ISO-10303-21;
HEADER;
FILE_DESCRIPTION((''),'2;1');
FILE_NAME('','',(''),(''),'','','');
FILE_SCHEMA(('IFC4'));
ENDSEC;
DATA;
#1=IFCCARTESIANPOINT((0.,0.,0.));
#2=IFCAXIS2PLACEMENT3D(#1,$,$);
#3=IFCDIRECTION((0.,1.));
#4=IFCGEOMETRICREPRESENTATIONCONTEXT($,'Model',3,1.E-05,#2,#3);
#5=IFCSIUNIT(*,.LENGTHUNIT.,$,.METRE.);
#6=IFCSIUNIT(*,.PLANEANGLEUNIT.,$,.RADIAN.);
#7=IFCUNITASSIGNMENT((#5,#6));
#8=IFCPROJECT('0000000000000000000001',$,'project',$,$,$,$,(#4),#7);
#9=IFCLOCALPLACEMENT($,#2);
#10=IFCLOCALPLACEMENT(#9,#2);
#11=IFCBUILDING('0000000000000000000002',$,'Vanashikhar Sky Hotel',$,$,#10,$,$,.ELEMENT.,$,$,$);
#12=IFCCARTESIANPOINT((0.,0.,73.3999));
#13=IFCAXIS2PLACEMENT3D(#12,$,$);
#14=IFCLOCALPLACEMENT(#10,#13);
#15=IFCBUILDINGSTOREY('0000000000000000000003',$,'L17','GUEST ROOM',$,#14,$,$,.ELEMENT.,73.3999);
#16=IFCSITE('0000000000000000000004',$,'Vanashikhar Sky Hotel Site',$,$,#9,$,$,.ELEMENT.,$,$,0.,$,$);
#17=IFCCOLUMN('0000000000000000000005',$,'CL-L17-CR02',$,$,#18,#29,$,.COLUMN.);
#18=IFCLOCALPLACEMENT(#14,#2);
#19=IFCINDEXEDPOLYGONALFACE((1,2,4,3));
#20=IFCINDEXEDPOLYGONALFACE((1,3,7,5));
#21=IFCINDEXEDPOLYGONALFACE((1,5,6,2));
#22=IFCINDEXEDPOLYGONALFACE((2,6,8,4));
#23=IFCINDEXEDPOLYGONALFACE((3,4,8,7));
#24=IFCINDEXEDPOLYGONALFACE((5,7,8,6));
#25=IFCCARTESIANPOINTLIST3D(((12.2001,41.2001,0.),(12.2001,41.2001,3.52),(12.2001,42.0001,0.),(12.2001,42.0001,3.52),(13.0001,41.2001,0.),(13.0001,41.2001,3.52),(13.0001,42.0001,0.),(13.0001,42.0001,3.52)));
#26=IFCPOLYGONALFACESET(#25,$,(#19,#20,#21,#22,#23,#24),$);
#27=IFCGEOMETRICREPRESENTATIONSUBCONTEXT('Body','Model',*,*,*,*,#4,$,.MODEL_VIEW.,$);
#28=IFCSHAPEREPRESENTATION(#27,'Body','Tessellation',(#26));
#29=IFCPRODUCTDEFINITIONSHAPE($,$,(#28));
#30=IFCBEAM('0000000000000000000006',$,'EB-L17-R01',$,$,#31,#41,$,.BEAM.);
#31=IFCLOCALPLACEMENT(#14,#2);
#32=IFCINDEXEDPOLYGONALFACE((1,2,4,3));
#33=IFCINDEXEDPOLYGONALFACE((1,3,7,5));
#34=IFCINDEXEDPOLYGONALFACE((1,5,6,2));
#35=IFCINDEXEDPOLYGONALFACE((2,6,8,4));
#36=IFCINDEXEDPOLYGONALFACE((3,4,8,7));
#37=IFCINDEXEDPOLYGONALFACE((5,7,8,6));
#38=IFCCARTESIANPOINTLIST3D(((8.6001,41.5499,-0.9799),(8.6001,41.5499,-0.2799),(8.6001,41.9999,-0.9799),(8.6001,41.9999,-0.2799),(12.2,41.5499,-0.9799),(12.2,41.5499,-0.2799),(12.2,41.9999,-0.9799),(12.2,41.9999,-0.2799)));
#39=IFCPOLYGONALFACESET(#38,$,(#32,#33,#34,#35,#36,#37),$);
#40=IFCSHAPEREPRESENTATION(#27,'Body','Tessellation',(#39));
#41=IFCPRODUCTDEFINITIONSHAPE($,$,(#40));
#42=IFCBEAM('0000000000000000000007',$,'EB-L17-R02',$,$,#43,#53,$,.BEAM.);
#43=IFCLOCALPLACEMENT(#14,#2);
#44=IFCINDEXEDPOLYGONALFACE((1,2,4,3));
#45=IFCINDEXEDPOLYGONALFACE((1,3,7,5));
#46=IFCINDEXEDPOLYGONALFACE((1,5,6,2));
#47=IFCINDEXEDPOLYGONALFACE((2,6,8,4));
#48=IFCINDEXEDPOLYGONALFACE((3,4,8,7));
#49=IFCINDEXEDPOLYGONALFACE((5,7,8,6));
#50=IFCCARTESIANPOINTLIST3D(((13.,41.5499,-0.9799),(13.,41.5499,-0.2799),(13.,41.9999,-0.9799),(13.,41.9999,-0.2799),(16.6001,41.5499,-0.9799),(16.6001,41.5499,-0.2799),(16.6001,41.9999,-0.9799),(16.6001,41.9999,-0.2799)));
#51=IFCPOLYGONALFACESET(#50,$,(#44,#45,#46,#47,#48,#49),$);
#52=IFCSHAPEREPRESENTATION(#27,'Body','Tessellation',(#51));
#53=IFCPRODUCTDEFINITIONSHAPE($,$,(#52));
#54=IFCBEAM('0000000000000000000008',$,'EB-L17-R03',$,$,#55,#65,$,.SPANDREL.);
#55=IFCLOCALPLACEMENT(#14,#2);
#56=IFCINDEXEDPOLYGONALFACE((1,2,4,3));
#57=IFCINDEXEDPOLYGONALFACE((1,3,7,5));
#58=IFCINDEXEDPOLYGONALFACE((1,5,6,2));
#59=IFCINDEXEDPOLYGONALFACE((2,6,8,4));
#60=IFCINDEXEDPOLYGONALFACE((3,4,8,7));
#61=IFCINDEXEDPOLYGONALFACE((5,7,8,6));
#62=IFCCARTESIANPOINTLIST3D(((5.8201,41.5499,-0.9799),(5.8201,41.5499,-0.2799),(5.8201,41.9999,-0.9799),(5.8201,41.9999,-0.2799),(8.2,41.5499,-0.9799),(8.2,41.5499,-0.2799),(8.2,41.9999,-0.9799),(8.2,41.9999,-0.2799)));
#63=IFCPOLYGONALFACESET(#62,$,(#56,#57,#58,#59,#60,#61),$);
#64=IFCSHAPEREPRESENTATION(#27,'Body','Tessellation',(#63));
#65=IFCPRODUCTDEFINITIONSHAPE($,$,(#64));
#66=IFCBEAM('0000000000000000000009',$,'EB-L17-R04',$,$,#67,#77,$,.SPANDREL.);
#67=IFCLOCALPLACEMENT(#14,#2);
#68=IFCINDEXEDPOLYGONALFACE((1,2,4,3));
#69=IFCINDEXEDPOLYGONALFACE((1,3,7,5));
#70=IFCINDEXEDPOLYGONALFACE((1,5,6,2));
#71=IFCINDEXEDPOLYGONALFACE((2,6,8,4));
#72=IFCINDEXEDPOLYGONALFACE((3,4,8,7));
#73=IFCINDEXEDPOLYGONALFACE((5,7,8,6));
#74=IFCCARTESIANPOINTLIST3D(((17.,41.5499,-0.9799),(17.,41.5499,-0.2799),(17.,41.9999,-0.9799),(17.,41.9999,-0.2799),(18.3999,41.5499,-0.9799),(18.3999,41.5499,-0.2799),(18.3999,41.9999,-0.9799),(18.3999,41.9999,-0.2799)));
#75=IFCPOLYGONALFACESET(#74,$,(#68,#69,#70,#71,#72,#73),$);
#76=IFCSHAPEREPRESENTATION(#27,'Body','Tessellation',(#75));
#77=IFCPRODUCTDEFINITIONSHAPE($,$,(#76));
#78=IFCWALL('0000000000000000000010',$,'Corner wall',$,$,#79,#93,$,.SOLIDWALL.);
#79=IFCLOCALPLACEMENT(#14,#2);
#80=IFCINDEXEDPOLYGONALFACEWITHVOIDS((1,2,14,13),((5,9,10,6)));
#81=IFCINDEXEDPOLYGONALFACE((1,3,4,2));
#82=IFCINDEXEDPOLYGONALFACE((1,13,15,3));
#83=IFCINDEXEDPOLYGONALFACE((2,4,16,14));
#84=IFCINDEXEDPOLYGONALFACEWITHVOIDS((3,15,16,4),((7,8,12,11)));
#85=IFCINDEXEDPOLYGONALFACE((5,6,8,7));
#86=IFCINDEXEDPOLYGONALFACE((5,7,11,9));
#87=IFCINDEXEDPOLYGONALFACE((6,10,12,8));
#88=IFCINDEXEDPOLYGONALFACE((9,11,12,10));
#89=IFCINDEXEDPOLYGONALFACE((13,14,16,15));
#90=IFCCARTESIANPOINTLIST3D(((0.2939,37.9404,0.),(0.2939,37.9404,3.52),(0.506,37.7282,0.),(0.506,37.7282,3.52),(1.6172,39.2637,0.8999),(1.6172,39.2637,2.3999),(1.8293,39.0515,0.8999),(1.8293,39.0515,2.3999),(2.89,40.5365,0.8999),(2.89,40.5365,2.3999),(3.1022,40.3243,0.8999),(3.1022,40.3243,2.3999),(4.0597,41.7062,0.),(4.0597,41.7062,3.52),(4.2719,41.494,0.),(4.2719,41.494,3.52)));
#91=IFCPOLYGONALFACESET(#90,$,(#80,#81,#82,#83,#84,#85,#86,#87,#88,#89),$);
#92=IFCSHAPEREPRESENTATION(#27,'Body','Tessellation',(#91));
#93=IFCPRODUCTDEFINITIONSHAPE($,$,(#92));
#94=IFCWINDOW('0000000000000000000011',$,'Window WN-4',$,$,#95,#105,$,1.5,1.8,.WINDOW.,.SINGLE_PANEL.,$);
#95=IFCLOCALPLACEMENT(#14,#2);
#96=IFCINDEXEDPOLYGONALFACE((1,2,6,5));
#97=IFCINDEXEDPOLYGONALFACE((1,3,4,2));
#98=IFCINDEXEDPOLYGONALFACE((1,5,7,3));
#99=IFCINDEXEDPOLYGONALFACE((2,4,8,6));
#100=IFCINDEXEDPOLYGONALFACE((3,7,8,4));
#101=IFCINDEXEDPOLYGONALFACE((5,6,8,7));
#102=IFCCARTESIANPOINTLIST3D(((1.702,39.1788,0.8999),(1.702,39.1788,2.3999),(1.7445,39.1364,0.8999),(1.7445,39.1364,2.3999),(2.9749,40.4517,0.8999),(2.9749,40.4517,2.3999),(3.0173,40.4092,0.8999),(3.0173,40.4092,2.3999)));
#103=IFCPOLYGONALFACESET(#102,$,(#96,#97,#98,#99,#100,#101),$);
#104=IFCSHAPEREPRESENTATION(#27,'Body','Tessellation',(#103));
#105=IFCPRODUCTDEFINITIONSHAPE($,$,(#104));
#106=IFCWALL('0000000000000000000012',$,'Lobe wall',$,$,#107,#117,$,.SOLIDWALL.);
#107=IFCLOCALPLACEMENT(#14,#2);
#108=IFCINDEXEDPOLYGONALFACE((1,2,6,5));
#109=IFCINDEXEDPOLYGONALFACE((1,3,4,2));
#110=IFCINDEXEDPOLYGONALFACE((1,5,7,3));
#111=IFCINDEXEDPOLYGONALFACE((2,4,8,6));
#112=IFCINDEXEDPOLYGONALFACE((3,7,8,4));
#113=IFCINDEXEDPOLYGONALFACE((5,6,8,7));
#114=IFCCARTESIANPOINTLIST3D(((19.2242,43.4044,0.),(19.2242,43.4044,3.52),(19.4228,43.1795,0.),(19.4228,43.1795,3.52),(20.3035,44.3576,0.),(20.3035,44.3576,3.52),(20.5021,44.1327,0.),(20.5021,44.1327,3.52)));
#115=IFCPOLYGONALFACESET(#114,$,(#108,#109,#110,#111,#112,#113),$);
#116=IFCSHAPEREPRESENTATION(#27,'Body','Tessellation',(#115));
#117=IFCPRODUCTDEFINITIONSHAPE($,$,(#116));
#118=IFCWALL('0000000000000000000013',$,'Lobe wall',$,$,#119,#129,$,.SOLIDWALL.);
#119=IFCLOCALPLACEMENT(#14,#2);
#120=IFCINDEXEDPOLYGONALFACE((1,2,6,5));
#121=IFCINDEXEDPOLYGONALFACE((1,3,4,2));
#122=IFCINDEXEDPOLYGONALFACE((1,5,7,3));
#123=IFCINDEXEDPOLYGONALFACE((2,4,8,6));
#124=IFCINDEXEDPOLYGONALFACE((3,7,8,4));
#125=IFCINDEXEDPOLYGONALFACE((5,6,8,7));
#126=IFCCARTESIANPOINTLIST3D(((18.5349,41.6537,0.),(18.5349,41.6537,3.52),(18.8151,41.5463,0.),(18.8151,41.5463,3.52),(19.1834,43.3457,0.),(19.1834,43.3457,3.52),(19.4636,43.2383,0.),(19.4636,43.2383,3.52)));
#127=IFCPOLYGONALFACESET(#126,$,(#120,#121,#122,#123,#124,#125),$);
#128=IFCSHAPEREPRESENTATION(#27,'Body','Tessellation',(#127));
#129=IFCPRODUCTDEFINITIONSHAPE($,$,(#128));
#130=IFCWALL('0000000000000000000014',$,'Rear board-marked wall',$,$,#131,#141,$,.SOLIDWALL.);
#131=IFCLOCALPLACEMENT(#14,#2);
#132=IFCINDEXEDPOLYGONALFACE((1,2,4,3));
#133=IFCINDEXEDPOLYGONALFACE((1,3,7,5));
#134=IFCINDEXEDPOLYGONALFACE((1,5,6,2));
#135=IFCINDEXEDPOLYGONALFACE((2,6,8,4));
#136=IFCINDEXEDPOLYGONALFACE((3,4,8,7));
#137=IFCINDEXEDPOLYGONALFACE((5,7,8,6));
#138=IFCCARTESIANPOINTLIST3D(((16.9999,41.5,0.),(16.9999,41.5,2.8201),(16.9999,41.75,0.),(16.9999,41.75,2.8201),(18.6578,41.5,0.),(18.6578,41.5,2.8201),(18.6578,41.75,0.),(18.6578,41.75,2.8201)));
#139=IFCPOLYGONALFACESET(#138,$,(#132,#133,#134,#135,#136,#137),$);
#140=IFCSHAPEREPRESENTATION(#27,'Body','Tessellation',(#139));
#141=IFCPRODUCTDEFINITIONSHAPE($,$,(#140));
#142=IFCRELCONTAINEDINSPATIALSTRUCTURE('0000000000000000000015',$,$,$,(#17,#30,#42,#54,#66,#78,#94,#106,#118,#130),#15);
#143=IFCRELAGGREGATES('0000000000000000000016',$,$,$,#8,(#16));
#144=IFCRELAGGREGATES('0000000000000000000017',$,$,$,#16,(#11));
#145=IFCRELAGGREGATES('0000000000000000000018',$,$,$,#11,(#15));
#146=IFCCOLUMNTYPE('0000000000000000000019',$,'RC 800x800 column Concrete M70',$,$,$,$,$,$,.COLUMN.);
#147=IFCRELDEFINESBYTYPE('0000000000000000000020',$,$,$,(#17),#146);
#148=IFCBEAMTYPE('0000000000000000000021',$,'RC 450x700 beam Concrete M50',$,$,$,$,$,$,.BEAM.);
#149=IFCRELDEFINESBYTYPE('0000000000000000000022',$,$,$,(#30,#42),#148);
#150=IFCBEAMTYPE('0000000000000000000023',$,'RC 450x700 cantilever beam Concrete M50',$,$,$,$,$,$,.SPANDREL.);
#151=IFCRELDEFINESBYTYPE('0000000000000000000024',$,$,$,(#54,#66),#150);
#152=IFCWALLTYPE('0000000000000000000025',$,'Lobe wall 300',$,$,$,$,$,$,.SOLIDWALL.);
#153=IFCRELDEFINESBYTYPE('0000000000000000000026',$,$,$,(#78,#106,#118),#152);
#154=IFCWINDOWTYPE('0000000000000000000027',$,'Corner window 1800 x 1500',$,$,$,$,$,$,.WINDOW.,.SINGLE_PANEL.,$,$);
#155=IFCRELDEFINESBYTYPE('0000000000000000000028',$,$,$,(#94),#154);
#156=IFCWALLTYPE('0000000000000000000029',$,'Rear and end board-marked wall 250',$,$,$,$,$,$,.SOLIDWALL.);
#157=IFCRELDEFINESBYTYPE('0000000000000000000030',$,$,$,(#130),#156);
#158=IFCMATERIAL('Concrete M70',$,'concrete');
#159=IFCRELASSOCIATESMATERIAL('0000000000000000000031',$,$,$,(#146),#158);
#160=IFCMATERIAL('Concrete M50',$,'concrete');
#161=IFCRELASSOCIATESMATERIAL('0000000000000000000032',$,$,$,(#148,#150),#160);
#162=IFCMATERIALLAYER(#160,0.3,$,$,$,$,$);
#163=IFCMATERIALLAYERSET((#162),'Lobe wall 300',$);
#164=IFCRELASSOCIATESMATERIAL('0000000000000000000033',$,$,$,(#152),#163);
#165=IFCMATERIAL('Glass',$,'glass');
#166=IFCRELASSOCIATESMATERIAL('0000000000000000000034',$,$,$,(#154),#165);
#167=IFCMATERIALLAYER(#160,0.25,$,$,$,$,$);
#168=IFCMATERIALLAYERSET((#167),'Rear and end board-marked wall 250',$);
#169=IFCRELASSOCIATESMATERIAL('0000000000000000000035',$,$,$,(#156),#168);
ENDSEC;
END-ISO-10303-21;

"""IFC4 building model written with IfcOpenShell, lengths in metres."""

from ifc_helpers import new_model, si_unit, direction, frame, frame_2d, origin, origin_2d, place, context, subcontext, project, spatial, rectangle, extrude, source, transform, mapped, material, layer, layer_set, material_profile, profile_set, type_object, element, fill, save


model = new_model("IFC4")

# Units and contexts
model_context = context("Model", 3, precision=1e-05, world=origin(), true_north=direction((0.0, 1.0)))
body_context = subcontext(model_context, "Body", "Model", "MODEL_VIEW")
ifc_project = project(units=[si_unit("LENGTHUNIT", "METRE"), si_unit("PLANEANGLEUNIT", "RADIAN")], contexts=[model_context])

# Site, building, storey
site_placement = place(None, origin())
site = spatial("IfcSite", under=ifc_project, at=site_placement, Name="Vanashikhar Sky Hotel Site", CompositionType="ELEMENT", RefElevation=0.0)
building_placement = place(site_placement, origin())
building = spatial("IfcBuilding", under=site, at=building_placement, Name="Vanashikhar Sky Hotel", CompositionType="ELEMENT")
storey_placement = place(building_placement, frame((0.0, 0.0, 73.3999)))
storey = spatial("IfcBuildingStorey", under=building, at=storey_placement, Name="L17", Description="GUEST ROOM", CompositionType="ELEMENT", Elevation=73.3999)

# Column
ifc_material_1 = material(Name="Concrete M70", Category="concrete")
ifc_material_profile_1 = material_profile(ifc_material_1, rectangle(XDim=0.8, YDim=0.8, at=origin_2d()))
ifc_profile_set_1 = profile_set([ifc_material_profile_1], Name="RC 800x800 column Concrete M70")
column_type = type_object("IfcColumnType", Name="RC 800x800 column Concrete M70", PredefinedType="COLUMN", material=ifc_profile_set_1)
shared_shape_1 = source(origin(), body_context, "Body", "SweptSolid", [
    extrude(rectangle(XDim=0.8, YDim=0.8, at=origin_2d()), origin(), (0.0, 0.0, 1.0), 3.52),
])
column_placement = place(storey_placement, frame((12.6001, 41.6001, 0.0), z_axis=(0.0, 0.0, 1.0), x_axis=(1.0, 0.0, 0.0)))
element("IfcColumn", 1, at=column_placement, inside=storey, type_object=column_type, Name="CL-L17-CR02", PredefinedType="COLUMN", context=body_context, shape_type="MappedRepresentation", body=[
    mapped(shared_shape_1, transform((0.0, 0.0, 0.0), scale=1.0)),
])

# Beams
ifc_material_2 = material(Name="Concrete M50", Category="concrete")
ifc_material_profile_2 = material_profile(ifc_material_2, rectangle(XDim=0.45, YDim=0.7, at=origin_2d()))
ifc_profile_set_2 = profile_set([ifc_material_profile_2], Name="RC 450x700 beam Concrete M50")
beam_type_1 = type_object("IfcBeamType", Name="RC 450x700 beam Concrete M50", PredefinedType="BEAM", material=ifc_profile_set_2)
shared_shape_2 = source(origin(), body_context, "Body", "SweptSolid", [
    extrude(rectangle(XDim=0.45, YDim=0.7, at=origin_2d()), origin(), (0.0, 0.0, 1.0), 3.5999),
])
beam_1_placement = place(storey_placement, frame((8.6001, 41.7749, -0.6299), z_axis=(1.0, 0.0, 0.0), x_axis=(0.0, 1.0, 0.0)))
element("IfcBeam", 2, at=beam_1_placement, inside=storey, type_object=beam_type_1, Name="EB-L17-R01", PredefinedType="BEAM", context=body_context, shape_type="MappedRepresentation", body=[
    mapped(shared_shape_2, transform((0.0, 0.0, 0.0), scale=1.0)),
])
shared_shape_3 = source(origin(), body_context, "Body", "SweptSolid", [
    extrude(rectangle(XDim=0.45, YDim=0.7, at=origin_2d()), origin(), (0.0, 0.0, 1.0), 3.6001),
])
beam_2_placement = place(storey_placement, frame((13.0, 41.7749, -0.6299), z_axis=(1.0, 0.0, 0.0), x_axis=(0.0, 1.0, 0.0)))
element("IfcBeam", 3, at=beam_2_placement, inside=storey, type_object=beam_type_1, Name="EB-L17-R02", PredefinedType="BEAM", context=body_context, shape_type="MappedRepresentation", body=[
    mapped(shared_shape_3, transform((0.0, 0.0, 0.0), scale=1.0)),
])
ifc_material_profile_3 = material_profile(ifc_material_2, rectangle(XDim=0.45, YDim=0.7, at=origin_2d()))
ifc_profile_set_3 = profile_set([ifc_material_profile_3], Name="RC 450x700 cantilever beam Concrete M50")
beam_type_2 = type_object("IfcBeamType", Name="RC 450x700 cantilever beam Concrete M50", PredefinedType="SPANDREL", material=ifc_profile_set_3)
shared_shape_4 = source(origin(), body_context, "Body", "SweptSolid", [
    extrude(rectangle(XDim=0.45, YDim=0.7, at=origin_2d()), origin(), (0.0, 0.0, 1.0), 2.3799),
])
beam_3_placement = place(storey_placement, frame((5.8201, 41.7749, -0.6299), z_axis=(1.0, 0.0, 0.0), x_axis=(0.0, 1.0, 0.0)))
element("IfcBeam", 4, at=beam_3_placement, inside=storey, type_object=beam_type_2, Name="EB-L17-R03", PredefinedType="SPANDREL", context=body_context, shape_type="MappedRepresentation", body=[
    mapped(shared_shape_4, transform((0.0, 0.0, 0.0), scale=1.0)),
])
shared_shape_5 = source(origin(), body_context, "Body", "SweptSolid", [
    extrude(rectangle(XDim=0.45, YDim=0.7, at=origin_2d()), origin(), (0.0, 0.0, 1.0), 1.3999),
])
beam_4_placement = place(storey_placement, frame((17.0, 41.7749, -0.6299), z_axis=(1.0, 0.0, 0.0), x_axis=(0.0, 1.0, 0.0)))
element("IfcBeam", 5, at=beam_4_placement, inside=storey, type_object=beam_type_2, Name="EB-L17-R04", PredefinedType="SPANDREL", context=body_context, shape_type="MappedRepresentation", body=[
    mapped(shared_shape_5, transform((0.0, 0.0, 0.0), scale=1.0)),
])

# Wall, opening, window
ifc_layer_1 = layer(ifc_material_2, 0.3)
ifc_layer_set_1 = layer_set([ifc_layer_1], Name="Lobe wall 300")
wall_type_1 = type_object("IfcWallType", Name="Lobe wall 300", PredefinedType="SOLIDWALL", material=ifc_layer_set_1)
shared_shape_6 = source(origin(), body_context, "Body", "SweptSolid", [
    extrude(rectangle(XDim=5.3257, YDim=0.3, at=frame_2d((2.6628, 0.0))), origin(), (0.0, 0.0, 1.0), 3.52),
])
wall_1_placement = place(storey_placement, frame((4.1658, 41.6001, 0.0), z_axis=(0.0, 0.0, 1.0), x_axis=(-0.707107, -0.707107, 0.0)))
wall_1 = element("IfcWall", 6, at=wall_1_placement, inside=storey, type_object=wall_type_1, Name="Corner wall", PredefinedType="SOLIDWALL", context=body_context, shape_type="MappedRepresentation", body=[
    mapped(shared_shape_6, transform((0.0, 0.0, 0.0), scale=1.0)),
])
shared_shape_7 = source(origin(), body_context, "Body", "SweptSolid", [
    extrude(rectangle(XDim=1.8, YDim=1.5, at=frame_2d((0.8999, 0.75))), frame((0.0, 0.1602, 0.0), z_axis=(0.0, -1.0, 0.0), x_axis=(1.0, 0.0, 0.0)), (0.0, 0.0, 1.0), 0.3201),
])
opening_1_placement = place(wall_1_placement, frame((1.6543, 0.0, 0.8999)))
opening_1 = element("IfcOpeningElement", 7, at=opening_1_placement, cuts=wall_1, PredefinedType="OPENING", context=body_context, shape_type="MappedRepresentation", body=[
    mapped(shared_shape_7, transform((0.0, 0.0, 0.0), scale=1.0)),
])
ifc_material_3 = material(Name="Glass", Category="glass")
window_type_1 = type_object("IfcWindowType", Name="Corner window 1800 x 1500", PartitioningType="SINGLE_PANEL", PredefinedType="WINDOW", material=ifc_material_3)
shared_shape_8 = source(origin(), body_context, "Body", "SweptSolid", [
    extrude(rectangle(XDim=1.8, YDim=1.5, at=frame_2d((0.8999, 0.75))), frame((0.0, 0.03, 0.0), z_axis=(0.0, -1.0, 0.0), x_axis=(1.0, 0.0, 0.0)), (0.0, 0.0, 1.0), 0.0601),
])
window_1_placement = place(opening_1_placement, origin())
window_1 = element("IfcWindow", 8, at=window_1_placement, inside=storey, type_object=window_type_1, Name="Window WN-4", OverallHeight=1.5, OverallWidth=1.8, PartitioningType="SINGLE_PANEL", PredefinedType="WINDOW", context=body_context, shape_type="MappedRepresentation", body=[
    mapped(shared_shape_8, transform((0.0, 0.0, 0.0), scale=1.0)),
])
fill(opening_1, window_1)

# Walls
shared_shape_9 = source(origin(), body_context, "Body", "SweptSolid", [
    extrude(rectangle(XDim=1.4399, YDim=0.3, at=frame_2d((0.72, 0.0))), origin(), (0.0, 0.0, 1.0), 3.52),
])
wall_2_placement = place(storey_placement, frame((20.4028, 44.2451, 0.0), z_axis=(0.0, 0.0, 1.0), x_axis=(-0.749576, -0.661919, 0.0)))
element("IfcWall", 9, at=wall_2_placement, inside=storey, type_object=wall_type_1, Name="Lobe wall", PredefinedType="SOLIDWALL", context=body_context, shape_type="MappedRepresentation", body=[
    mapped(shared_shape_9, transform((0.0, 0.0, 0.0), scale=1.0)),
])
shared_shape_10 = source(origin(), body_context, "Body", "SweptSolid", [
    extrude(rectangle(XDim=1.812, YDim=0.3, at=frame_2d((0.906, 0.0))), origin(), (0.0, 0.0, 1.0), 3.52),
])
wall_3_placement = place(storey_placement, frame((19.3235, 43.292, 0.0), z_axis=(0.0, 0.0, 1.0), x_axis=(-0.357877, -0.933769, 0.0)))
element("IfcWall", 10, at=wall_3_placement, inside=storey, type_object=wall_type_1, Name="Lobe wall", PredefinedType="SOLIDWALL", context=body_context, shape_type="MappedRepresentation", body=[
    mapped(shared_shape_10, transform((0.0, 0.0, 0.0), scale=1.0)),
])
ifc_layer_2 = layer(ifc_material_2, 0.25)
ifc_layer_set_2 = layer_set([ifc_layer_2], Name="Rear and end board-marked wall 250")
wall_type_2 = type_object("IfcWallType", Name="Rear and end board-marked wall 250", PredefinedType="SOLIDWALL", material=ifc_layer_set_2)
shared_shape_11 = source(origin(), body_context, "Body", "SweptSolid", [
    extrude(rectangle(XDim=1.658, YDim=0.25, at=frame_2d((0.8291, 0.0))), origin(), (0.0, 0.0, 1.0), 2.8201),
])
wall_4_placement = place(storey_placement, frame((18.658, 41.625, 0.0), z_axis=(0.0, 0.0, 1.0), x_axis=(-1.0, 0.0, 0.0)))
element("IfcWall", 11, at=wall_4_placement, inside=storey, type_object=wall_type_2, Name="Rear board-marked wall", PredefinedType="SOLIDWALL", context=body_context, shape_type="MappedRepresentation", body=[
    mapped(shared_shape_11, transform((0.0, 0.0, 0.0), scale=1.0)),
])

save(model, "model.ifc")
